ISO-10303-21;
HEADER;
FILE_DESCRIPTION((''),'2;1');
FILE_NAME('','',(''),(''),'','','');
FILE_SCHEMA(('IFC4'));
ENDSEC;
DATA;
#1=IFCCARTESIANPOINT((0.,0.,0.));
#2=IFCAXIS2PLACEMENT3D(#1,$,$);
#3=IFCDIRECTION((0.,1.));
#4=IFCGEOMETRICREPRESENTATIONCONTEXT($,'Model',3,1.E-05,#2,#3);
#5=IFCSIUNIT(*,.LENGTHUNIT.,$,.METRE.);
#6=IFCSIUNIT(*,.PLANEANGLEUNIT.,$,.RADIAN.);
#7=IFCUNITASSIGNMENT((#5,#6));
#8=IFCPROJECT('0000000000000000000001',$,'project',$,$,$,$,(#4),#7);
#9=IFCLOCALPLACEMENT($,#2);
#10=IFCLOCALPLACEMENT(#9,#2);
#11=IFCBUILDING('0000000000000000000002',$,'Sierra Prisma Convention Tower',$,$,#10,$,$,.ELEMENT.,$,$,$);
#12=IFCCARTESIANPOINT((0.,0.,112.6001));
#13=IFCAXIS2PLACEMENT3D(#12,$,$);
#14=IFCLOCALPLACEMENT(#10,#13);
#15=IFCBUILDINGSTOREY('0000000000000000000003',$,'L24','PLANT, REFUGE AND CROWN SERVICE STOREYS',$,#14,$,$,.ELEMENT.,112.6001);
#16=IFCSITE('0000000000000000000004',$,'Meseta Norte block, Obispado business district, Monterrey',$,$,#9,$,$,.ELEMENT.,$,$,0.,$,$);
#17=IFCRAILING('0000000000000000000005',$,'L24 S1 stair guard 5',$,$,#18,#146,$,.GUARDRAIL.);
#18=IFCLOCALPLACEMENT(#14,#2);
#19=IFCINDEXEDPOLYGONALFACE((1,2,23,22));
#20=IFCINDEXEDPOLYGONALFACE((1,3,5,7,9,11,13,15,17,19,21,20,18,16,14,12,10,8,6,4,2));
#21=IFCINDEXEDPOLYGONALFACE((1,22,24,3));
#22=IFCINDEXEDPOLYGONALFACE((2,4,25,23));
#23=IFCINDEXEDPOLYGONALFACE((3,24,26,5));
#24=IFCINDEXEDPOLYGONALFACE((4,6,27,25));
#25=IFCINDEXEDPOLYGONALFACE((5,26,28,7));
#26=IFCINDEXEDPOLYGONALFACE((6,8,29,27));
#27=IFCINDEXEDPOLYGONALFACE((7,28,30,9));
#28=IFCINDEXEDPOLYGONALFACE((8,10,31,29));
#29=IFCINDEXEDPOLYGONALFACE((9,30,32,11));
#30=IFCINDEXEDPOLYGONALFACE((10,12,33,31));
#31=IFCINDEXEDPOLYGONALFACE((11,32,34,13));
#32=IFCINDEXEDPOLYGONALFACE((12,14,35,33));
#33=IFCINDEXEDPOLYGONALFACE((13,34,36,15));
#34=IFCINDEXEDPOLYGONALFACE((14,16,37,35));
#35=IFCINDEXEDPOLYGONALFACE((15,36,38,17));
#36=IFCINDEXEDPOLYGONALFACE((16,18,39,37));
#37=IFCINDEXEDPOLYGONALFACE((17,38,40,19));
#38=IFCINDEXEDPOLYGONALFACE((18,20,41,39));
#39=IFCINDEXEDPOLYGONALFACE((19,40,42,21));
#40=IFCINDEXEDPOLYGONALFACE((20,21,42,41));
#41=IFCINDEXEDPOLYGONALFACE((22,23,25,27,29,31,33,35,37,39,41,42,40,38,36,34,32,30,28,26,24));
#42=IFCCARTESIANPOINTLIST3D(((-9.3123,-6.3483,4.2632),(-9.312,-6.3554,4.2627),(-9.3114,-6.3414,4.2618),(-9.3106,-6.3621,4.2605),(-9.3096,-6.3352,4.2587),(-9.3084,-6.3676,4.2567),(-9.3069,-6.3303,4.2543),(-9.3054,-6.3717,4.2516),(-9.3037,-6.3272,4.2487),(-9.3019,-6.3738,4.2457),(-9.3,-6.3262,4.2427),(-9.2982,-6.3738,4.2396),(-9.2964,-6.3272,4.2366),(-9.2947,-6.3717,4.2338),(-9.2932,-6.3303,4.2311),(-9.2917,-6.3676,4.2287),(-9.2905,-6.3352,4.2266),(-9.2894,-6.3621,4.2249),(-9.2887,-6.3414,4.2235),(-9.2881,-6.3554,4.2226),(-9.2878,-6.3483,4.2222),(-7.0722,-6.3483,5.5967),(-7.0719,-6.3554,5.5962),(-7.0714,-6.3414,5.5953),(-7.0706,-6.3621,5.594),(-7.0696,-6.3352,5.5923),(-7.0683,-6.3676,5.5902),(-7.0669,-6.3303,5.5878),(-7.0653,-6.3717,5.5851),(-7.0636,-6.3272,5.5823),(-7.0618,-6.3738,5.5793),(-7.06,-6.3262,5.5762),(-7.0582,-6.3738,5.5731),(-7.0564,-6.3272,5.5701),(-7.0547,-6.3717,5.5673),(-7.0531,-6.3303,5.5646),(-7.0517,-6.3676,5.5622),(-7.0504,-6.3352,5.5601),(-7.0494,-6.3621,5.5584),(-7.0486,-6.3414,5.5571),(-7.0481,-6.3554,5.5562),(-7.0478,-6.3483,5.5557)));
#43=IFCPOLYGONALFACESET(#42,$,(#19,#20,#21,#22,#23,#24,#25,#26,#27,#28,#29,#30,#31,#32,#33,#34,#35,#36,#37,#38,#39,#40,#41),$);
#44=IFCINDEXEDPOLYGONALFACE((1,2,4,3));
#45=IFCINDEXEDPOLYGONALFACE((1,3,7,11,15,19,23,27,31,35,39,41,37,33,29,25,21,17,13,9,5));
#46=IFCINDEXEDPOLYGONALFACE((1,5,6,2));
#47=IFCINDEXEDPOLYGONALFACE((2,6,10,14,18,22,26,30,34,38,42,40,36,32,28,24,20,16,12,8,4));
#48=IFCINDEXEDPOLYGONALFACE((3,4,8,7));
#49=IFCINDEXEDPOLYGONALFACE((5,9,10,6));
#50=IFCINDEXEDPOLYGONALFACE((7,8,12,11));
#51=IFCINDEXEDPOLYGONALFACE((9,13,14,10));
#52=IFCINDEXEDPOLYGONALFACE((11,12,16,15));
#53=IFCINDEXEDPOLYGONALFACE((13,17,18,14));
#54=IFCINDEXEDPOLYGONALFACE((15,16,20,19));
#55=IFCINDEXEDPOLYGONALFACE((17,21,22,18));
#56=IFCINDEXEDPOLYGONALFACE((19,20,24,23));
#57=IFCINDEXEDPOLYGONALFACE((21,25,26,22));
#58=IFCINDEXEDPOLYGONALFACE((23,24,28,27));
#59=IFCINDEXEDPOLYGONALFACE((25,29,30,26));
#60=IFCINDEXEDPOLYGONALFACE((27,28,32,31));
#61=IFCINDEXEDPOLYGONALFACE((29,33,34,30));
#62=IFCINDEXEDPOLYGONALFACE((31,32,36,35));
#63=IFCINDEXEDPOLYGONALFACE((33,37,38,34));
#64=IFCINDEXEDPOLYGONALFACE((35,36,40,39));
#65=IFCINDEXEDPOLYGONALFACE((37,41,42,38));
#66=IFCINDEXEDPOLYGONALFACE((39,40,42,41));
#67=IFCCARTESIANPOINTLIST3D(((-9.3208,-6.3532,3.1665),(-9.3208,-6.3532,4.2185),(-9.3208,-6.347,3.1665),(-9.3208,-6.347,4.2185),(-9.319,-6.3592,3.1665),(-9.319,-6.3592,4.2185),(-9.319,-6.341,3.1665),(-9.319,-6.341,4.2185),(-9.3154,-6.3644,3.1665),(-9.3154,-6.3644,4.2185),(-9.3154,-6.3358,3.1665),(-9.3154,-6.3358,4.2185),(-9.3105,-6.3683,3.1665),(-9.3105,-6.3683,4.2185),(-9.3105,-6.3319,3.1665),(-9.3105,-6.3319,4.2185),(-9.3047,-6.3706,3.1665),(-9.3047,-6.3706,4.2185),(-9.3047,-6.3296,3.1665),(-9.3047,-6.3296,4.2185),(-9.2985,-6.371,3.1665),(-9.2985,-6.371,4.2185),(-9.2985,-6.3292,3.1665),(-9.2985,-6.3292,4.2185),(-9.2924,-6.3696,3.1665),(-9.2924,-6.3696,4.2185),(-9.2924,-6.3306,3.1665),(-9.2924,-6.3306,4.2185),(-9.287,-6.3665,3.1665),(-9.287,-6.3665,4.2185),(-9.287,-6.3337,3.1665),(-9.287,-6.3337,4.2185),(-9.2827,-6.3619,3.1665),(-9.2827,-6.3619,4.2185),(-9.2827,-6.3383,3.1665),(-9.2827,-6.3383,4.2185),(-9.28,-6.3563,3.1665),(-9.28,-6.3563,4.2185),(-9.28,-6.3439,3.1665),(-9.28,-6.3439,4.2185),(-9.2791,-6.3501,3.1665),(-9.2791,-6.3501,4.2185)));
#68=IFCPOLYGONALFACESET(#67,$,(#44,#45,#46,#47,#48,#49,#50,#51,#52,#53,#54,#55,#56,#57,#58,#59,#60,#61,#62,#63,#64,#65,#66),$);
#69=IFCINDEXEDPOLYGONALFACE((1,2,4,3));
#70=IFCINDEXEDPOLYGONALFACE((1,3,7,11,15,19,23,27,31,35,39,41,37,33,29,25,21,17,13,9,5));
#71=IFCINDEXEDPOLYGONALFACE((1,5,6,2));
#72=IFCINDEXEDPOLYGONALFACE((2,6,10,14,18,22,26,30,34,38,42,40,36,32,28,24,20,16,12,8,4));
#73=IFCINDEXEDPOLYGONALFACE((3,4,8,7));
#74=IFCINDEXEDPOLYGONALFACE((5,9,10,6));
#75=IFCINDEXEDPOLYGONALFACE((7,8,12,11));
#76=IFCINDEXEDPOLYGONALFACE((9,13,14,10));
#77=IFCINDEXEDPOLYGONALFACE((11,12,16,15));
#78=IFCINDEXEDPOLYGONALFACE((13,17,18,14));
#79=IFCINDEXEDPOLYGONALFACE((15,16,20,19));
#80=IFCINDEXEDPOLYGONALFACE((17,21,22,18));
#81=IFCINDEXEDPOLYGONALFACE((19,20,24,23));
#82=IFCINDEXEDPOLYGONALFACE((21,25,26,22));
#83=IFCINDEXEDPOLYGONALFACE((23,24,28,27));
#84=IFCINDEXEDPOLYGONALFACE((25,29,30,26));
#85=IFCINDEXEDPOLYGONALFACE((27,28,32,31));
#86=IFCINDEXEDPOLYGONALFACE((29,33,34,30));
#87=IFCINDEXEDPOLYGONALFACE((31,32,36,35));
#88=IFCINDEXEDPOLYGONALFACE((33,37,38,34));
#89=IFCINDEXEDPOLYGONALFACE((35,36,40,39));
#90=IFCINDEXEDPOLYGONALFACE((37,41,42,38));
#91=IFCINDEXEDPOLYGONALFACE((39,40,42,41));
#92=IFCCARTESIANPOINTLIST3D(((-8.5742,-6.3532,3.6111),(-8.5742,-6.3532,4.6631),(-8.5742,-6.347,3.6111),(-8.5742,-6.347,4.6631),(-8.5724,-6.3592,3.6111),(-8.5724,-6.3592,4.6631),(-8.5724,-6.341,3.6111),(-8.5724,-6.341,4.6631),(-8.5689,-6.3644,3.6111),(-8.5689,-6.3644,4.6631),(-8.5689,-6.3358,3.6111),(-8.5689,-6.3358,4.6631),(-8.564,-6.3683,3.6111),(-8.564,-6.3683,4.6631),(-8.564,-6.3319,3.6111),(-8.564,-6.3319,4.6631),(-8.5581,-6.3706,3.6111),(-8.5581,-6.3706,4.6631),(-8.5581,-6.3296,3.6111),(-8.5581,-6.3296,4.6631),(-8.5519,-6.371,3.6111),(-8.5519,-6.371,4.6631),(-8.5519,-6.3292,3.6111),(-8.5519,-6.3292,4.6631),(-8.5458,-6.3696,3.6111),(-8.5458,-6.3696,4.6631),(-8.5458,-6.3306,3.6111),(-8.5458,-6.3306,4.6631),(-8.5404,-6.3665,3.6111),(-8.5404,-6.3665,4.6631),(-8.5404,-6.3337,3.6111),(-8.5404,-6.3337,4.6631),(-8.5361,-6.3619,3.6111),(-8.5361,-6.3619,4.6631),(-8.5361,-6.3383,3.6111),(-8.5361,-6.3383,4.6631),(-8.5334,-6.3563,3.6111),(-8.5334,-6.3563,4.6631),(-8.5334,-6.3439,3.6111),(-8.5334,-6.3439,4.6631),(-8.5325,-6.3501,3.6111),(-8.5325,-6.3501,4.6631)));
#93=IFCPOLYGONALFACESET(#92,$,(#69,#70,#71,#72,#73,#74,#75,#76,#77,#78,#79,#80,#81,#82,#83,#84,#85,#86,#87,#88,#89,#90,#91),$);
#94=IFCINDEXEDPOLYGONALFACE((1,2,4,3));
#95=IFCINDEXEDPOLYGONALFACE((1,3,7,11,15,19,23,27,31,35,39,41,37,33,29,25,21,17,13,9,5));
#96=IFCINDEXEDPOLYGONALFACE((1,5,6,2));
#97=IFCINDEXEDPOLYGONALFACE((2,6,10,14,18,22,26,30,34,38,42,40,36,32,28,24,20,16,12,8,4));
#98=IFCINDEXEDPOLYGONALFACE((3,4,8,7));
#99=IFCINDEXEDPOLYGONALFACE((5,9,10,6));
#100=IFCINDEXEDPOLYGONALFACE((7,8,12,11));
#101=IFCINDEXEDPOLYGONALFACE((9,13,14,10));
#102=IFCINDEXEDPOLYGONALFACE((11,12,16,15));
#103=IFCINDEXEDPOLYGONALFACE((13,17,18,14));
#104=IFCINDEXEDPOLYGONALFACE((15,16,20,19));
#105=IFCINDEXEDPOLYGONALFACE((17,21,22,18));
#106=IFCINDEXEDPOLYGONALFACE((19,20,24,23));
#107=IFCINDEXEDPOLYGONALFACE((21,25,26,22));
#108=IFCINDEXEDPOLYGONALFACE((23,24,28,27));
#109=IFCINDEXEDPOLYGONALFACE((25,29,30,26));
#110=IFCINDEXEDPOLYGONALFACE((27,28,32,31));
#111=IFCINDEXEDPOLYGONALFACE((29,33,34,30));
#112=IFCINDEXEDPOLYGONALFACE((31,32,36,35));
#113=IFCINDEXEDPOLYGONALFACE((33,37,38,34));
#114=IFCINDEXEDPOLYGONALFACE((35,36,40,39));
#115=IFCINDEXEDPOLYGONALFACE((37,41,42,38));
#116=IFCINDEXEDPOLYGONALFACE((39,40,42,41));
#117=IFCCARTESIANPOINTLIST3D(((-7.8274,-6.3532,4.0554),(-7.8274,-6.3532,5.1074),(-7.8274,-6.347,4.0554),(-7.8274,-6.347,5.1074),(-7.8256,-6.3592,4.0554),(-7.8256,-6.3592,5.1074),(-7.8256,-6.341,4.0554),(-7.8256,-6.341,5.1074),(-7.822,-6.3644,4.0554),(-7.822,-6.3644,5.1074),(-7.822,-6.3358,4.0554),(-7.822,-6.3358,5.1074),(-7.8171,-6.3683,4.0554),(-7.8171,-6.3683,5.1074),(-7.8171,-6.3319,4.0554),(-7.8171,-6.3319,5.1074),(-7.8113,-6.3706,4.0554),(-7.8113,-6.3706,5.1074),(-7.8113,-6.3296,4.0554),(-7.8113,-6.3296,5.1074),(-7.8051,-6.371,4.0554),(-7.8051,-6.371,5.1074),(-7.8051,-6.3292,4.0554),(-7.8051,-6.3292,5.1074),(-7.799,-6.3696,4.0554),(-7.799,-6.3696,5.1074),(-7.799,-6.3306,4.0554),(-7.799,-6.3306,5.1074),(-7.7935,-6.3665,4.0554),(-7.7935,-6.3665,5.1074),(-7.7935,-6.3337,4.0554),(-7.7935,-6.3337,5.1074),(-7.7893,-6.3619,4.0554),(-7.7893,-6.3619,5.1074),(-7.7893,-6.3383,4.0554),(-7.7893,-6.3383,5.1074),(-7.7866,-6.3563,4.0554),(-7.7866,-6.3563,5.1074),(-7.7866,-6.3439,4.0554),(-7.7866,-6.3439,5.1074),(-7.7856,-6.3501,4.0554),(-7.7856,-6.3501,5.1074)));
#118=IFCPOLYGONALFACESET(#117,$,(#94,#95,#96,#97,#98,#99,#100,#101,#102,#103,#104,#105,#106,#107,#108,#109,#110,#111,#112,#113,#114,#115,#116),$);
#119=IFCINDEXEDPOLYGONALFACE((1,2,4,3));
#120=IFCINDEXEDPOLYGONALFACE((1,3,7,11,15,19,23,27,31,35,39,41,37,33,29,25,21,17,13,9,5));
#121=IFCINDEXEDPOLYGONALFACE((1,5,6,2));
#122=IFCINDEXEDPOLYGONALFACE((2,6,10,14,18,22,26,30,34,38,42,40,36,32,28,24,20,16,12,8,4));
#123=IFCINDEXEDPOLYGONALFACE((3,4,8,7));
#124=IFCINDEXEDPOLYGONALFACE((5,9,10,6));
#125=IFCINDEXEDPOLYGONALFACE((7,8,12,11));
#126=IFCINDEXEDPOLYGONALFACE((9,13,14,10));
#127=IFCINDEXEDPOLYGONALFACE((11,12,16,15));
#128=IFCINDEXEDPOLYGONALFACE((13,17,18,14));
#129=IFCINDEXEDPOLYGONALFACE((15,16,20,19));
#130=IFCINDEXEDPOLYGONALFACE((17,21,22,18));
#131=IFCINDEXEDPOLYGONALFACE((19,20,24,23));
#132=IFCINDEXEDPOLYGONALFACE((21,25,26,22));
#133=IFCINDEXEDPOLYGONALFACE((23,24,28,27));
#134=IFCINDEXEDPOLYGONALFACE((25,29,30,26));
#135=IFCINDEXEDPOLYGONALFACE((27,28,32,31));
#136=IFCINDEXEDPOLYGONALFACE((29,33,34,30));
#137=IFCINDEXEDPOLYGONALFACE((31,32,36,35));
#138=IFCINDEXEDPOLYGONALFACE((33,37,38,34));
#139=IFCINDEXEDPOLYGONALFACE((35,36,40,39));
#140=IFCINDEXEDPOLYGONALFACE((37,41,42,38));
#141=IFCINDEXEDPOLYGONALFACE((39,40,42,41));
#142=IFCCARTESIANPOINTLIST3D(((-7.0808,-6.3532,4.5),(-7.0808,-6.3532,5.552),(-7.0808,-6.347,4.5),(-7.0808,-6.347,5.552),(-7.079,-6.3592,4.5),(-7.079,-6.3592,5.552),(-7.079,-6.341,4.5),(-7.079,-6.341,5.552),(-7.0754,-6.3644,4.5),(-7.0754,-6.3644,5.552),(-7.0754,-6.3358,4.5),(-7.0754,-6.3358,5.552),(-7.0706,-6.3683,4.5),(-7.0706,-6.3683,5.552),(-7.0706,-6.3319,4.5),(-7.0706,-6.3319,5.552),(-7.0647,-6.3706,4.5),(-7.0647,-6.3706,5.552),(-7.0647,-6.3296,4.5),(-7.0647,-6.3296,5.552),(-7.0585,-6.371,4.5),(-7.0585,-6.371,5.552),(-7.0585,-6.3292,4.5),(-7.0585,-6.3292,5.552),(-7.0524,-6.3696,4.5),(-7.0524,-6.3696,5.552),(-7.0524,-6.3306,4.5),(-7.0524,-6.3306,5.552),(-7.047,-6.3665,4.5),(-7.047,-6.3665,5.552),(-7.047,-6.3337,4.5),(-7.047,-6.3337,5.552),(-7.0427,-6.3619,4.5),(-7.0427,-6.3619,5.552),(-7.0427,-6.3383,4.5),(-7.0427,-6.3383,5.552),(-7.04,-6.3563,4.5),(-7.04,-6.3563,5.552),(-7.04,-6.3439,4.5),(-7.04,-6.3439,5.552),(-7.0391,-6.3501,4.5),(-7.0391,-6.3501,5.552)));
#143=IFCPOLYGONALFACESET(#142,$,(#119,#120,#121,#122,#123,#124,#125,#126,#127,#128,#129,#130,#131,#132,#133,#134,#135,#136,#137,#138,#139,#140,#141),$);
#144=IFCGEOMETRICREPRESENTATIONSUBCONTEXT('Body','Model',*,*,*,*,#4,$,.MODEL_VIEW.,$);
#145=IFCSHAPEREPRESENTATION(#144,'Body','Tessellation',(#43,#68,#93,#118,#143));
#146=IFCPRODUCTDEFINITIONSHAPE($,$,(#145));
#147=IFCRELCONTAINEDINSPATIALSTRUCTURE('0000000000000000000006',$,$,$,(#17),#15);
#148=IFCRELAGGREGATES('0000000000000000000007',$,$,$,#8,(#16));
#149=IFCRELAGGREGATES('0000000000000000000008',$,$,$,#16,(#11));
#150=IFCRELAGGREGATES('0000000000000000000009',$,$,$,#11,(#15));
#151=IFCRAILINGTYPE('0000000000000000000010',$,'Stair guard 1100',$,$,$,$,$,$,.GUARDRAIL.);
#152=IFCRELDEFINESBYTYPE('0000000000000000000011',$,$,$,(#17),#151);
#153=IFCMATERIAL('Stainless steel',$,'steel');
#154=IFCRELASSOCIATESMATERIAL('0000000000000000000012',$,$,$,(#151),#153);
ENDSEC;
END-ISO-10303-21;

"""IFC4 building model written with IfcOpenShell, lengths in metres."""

from ifc_helpers import new_model, si_unit, direction, frame, origin, origin_2d, place, context, subcontext, project, spatial, circle, extrude, material, type_object, element, save


model = new_model("IFC4")

# Units and contexts
model_context = context("Model", 3, precision=1e-05, world=origin(), true_north=direction((0.0, 1.0)))
body_context = subcontext(model_context, "Body", "Model", "MODEL_VIEW")
ifc_project = project(units=[si_unit("LENGTHUNIT", "METRE"), si_unit("PLANEANGLEUNIT", "RADIAN")], contexts=[model_context])

# Site, building, storey
site_placement = place(None, origin())
site = spatial("IfcSite", under=ifc_project, at=site_placement, Name="Meseta Norte block, Obispado business district, Monterrey", CompositionType="ELEMENT", RefElevation=0.0)
building_placement = place(site_placement, origin())
building = spatial("IfcBuilding", under=site, at=building_placement, Name="Sierra Prisma Convention Tower", CompositionType="ELEMENT")
storey_placement = place(building_placement, frame((0.0, 0.0, 112.6001)))
storey = spatial("IfcBuildingStorey", under=building, at=storey_placement, Name="L24", Description="PLANT, REFUGE AND CROWN SERVICE STOREYS", CompositionType="ELEMENT", Elevation=112.6001)

# Railing
ifc_material_1 = material(Name="Stainless steel", Category="steel")
railing_type_1 = type_object("IfcRailingType", Name="Stair guard 1100", PredefinedType="GUARDRAIL", material=ifc_material_1)
railing_1_placement = place(storey_placement, frame((-9.3, -6.3501, 3.1665)))
element("IfcRailing", 1, at=railing_1_placement, inside=storey, type_object=railing_type_1, Name="L24 S1 stair guard 5", PredefinedType="GUARDRAIL", context=body_context, shape_type="SweptSolid", body=[
    extrude(circle(Radius=0.0239, at=origin_2d()), frame((0.0, 0.0, 1.0762), z_axis=(0.859264, 0.0, 0.511532), x_axis=(0.0, 1.0, 0.0)), (0.0, 0.0, 1.0), 2.6069),
    extrude(circle(Radius=0.021, at=origin_2d()), origin(), (0.0, 0.0, 1.0), 1.052),
    extrude(circle(Radius=0.021, at=origin_2d()), frame((0.7466, 0.0, 0.4446)), (0.0, 0.0, 1.0), 1.052),
    extrude(circle(Radius=0.021, at=origin_2d()), frame((1.4934, 0.0, 0.8889)), (0.0, 0.0, 1.0), 1.052),
    extrude(circle(Radius=0.021, at=origin_2d()), frame((2.24, 0.0, 1.3335)), (0.0, 0.0, 1.0), 1.052),
])

save(model, "model.ifc")
